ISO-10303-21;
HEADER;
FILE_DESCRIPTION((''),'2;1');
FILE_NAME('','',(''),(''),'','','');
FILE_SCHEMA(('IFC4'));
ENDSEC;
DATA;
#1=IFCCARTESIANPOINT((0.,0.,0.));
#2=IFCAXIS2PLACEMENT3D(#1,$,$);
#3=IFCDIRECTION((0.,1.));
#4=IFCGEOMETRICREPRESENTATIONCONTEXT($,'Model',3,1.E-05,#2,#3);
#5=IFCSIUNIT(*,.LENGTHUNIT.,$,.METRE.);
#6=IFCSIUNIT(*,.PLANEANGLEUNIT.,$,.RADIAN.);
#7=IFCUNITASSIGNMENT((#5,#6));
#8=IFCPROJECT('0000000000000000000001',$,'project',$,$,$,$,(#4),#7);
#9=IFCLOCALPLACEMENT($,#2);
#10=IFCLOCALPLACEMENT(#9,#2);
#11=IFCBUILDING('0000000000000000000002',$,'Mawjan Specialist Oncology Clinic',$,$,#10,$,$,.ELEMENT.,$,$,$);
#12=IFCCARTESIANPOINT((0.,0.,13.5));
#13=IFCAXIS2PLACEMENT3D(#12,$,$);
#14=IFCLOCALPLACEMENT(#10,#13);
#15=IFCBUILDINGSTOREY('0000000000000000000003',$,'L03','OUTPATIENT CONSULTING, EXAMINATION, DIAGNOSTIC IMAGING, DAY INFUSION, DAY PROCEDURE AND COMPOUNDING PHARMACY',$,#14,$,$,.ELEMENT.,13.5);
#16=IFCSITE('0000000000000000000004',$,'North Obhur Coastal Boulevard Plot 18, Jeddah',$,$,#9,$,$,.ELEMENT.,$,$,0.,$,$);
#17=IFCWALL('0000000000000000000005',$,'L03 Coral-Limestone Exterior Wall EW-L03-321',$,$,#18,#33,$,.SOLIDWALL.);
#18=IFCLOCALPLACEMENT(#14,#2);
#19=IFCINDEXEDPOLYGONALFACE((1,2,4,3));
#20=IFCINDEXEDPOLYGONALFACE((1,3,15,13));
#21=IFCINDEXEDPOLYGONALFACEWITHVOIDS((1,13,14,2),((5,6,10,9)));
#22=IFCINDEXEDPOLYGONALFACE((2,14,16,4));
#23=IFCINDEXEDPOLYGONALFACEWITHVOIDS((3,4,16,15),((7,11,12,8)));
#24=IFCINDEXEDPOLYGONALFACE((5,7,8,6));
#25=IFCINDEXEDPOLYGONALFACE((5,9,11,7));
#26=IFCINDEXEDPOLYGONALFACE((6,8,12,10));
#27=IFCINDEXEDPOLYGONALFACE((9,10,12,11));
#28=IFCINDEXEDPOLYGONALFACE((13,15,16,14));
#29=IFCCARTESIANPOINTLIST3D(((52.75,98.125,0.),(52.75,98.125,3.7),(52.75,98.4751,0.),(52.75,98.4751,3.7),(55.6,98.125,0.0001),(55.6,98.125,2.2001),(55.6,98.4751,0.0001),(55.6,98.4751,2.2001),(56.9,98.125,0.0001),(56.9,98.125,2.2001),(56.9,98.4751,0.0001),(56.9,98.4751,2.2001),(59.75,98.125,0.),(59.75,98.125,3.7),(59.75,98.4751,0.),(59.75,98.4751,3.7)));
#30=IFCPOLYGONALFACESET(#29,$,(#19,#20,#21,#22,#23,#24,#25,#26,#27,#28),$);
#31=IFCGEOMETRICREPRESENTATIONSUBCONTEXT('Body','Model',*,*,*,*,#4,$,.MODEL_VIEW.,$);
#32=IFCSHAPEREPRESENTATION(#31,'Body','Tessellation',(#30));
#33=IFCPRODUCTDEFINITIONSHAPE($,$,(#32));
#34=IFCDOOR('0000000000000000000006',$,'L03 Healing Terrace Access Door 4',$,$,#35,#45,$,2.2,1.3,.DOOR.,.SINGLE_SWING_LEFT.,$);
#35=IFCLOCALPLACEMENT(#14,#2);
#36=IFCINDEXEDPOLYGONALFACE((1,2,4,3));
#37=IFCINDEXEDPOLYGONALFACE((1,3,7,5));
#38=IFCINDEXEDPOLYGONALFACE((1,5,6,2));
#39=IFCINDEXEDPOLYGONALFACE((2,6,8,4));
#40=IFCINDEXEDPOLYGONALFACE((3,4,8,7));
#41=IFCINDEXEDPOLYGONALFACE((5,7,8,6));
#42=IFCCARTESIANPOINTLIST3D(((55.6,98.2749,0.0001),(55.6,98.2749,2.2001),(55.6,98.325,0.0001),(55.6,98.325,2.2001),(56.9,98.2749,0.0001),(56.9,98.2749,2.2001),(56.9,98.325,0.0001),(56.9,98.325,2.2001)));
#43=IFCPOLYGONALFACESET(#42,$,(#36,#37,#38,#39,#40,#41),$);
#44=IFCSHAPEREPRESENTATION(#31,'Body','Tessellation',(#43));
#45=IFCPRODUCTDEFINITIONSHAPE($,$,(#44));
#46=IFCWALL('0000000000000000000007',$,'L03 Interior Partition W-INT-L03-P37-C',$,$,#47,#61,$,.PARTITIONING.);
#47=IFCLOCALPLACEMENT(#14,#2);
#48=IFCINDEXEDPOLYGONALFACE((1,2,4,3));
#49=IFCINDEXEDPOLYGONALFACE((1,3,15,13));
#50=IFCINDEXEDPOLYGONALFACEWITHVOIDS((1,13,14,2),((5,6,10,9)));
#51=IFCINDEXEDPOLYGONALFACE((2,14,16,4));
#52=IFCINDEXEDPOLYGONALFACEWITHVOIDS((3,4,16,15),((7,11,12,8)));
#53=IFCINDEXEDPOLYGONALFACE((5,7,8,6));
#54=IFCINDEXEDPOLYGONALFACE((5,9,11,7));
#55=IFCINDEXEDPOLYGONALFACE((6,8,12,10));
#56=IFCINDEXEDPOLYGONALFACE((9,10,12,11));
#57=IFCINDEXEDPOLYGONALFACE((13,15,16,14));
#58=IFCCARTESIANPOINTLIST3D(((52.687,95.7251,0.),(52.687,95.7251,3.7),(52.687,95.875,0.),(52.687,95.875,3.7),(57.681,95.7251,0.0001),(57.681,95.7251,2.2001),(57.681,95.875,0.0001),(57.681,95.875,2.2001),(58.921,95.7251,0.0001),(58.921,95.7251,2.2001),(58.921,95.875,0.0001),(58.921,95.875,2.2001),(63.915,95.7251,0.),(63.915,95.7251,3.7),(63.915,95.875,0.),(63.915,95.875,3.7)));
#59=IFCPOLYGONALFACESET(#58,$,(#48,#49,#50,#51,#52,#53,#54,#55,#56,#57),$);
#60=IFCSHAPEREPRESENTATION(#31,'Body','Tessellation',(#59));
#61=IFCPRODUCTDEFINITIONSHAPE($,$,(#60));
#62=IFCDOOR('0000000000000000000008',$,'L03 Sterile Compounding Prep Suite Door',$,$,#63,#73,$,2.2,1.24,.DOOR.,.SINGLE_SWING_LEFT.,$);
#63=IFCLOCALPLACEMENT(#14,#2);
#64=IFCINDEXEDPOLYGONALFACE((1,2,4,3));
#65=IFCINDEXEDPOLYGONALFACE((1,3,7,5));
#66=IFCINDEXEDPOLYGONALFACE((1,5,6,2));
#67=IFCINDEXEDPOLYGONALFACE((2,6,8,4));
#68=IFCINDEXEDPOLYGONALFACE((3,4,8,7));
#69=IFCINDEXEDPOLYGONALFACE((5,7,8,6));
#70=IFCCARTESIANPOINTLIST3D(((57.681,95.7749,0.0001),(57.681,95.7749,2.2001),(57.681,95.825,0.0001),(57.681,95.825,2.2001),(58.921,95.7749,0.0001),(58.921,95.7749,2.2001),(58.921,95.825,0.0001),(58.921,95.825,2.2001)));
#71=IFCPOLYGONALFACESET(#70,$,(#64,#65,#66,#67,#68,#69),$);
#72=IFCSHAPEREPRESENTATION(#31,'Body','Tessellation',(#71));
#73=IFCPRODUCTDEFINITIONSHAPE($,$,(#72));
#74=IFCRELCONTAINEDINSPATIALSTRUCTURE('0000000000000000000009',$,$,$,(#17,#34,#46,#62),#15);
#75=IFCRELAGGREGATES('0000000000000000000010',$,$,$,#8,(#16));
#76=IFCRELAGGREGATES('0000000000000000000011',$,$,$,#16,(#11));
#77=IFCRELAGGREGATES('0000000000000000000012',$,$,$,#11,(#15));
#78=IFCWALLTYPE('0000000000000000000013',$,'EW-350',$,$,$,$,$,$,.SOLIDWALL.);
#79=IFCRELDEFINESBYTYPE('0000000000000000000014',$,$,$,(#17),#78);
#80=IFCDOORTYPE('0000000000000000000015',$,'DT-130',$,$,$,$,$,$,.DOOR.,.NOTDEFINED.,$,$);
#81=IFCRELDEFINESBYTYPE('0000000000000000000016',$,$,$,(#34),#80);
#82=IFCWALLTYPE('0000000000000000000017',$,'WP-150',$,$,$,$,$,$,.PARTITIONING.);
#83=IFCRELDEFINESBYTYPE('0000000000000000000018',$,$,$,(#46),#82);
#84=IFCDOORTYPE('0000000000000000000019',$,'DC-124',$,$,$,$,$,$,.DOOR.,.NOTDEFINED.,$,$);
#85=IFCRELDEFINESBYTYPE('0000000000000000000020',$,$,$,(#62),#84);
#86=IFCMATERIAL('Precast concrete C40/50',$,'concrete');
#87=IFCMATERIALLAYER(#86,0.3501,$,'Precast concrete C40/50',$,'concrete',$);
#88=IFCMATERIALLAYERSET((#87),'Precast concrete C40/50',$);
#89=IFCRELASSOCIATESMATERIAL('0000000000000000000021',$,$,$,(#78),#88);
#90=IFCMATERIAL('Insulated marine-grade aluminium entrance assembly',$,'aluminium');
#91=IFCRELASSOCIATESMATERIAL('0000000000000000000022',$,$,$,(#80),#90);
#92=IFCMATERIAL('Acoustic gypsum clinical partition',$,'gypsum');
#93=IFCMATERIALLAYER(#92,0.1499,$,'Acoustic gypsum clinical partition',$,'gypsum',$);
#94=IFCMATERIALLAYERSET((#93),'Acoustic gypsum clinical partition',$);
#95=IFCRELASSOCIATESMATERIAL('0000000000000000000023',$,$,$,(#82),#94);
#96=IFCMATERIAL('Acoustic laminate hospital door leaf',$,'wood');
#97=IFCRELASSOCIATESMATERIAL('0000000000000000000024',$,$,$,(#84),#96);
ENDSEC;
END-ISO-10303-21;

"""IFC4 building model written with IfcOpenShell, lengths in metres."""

from ifc_helpers import new_model, si_unit, direction, frame, frame_2d, origin, place, context, subcontext, project, spatial, rectangle, extrude, material, layer, layer_set, type_object, element, fill, save


model = new_model("IFC4")

# Units and contexts
model_context = context("Model", 3, precision=1e-05, world=origin(), true_north=direction((0.0, 1.0)))
body_context = subcontext(model_context, "Body", "Model", "MODEL_VIEW")
ifc_project = project(units=[si_unit("LENGTHUNIT", "METRE"), si_unit("PLANEANGLEUNIT", "RADIAN")], contexts=[model_context])

# Site, building, storey
site_placement = place(None, origin())
site = spatial("IfcSite", under=ifc_project, at=site_placement, Name="North Obhur Coastal Boulevard Plot 18, Jeddah", CompositionType="ELEMENT", RefElevation=0.0)
building_placement = place(site_placement, origin())
building = spatial("IfcBuilding", under=site, at=building_placement, Name="Mawjan Specialist Oncology Clinic", CompositionType="ELEMENT")
storey_placement = place(building_placement, frame((0.0, 0.0, 13.5)))
storey = spatial("IfcBuildingStorey", under=building, at=storey_placement, Name="L03", Description="OUTPATIENT CONSULTING, EXAMINATION, DIAGNOSTIC IMAGING, DAY INFUSION, DAY PROCEDURE AND COMPOUNDING PHARMACY", CompositionType="ELEMENT", Elevation=13.5)

# Shared definitions
ifc_material_1 = material(Name="Precast concrete C40/50", Category="concrete")
ifc_layer_1 = layer(ifc_material_1, 0.3501, Name="Precast concrete C40/50", Category="concrete")
ifc_layer_set_1 = layer_set([ifc_layer_1], Name="Precast concrete C40/50")
wall_type_1 = type_object("IfcWallType", Name="EW-350", PredefinedType="SOLIDWALL", material=ifc_layer_set_1)

# Walls, openings, doors
wall_1_placement = place(storey_placement, frame((52.75, 98.3, 0.0), z_axis=(0.0, 0.0, 1.0), x_axis=(1.0, 0.0, 0.0)))
wall_1 = element("IfcWall", 1, at=wall_1_placement, inside=storey, type_object=wall_type_1, Name="L03 Coral-Limestone Exterior Wall EW-L03-321", PredefinedType="SOLIDWALL", context=body_context, shape_type="SweptSolid", body=[
    extrude(rectangle(XDim=7.0, YDim=0.3501, at=frame_2d((3.5, 0.0))), origin(), (0.0, 0.0, 1.0), 3.7),
])
opening_1_placement = place(wall_1_placement, frame((2.8501, 0.0, 0.0)))
opening_1 = element("IfcOpeningElement", 2, at=opening_1_placement, cuts=wall_1, PredefinedType="OPENING", context=body_context, shape_type="SweptSolid", body=[
    extrude(rectangle(XDim=1.3, YDim=2.2, at=frame_2d((0.6499, 1.1001))), frame((0.0, 0.187, 0.0), z_axis=(0.0, -1.0, 0.0), x_axis=(1.0, 0.0, 0.0)), (0.0, 0.0, 1.0), 0.374),
])
ifc_material_2 = material(Name="Insulated marine-grade aluminium entrance assembly", Category="aluminium")
door_type_1 = type_object("IfcDoorType", Name="DT-130", OperationType="NOTDEFINED", PredefinedType="DOOR", material=ifc_material_2)
door_1_placement = place(opening_1_placement, origin())
door_1 = element("IfcDoor", 3, at=door_1_placement, inside=storey, type_object=door_type_1, Name="L03 Healing Terrace Access Door 4", OperationType="SINGLE_SWING_LEFT", OverallHeight=2.2, OverallWidth=1.3, PredefinedType="DOOR", context=body_context, shape_type="SweptSolid", body=[
    extrude(rectangle(XDim=1.3, YDim=2.2, at=frame_2d((0.6499, 1.1001))), frame((0.0, 0.0249, 0.0), z_axis=(0.0, -1.0, 0.0), x_axis=(1.0, 0.0, 0.0)), (0.0, 0.0, 1.0), 0.05),
])
fill(opening_1, door_1)
ifc_material_3 = material(Name="Acoustic gypsum clinical partition", Category="gypsum")
ifc_layer_2 = layer(ifc_material_3, 0.1499, Name="Acoustic gypsum clinical partition", Category="gypsum")
ifc_layer_set_2 = layer_set([ifc_layer_2], Name="Acoustic gypsum clinical partition")
wall_type_2 = type_object("IfcWallType", Name="WP-150", PredefinedType="PARTITIONING", material=ifc_layer_set_2)
wall_2_placement = place(storey_placement, frame((52.687, 95.8, 0.0), z_axis=(0.0, 0.0, 1.0), x_axis=(1.0, 0.0, 0.0)))
wall_2 = element("IfcWall", 4, at=wall_2_placement, inside=storey, type_object=wall_type_2, Name="L03 Interior Partition W-INT-L03-P37-C", PredefinedType="PARTITIONING", context=body_context, shape_type="SweptSolid", body=[
    extrude(rectangle(XDim=11.228, YDim=0.1499, at=frame_2d((5.614, 0.0))), origin(), (0.0, 0.0, 1.0), 3.7),
])
opening_2_placement = place(wall_2_placement, frame((4.9939, 0.0, 0.0)))
opening_2 = element("IfcOpeningElement", 5, at=opening_2_placement, cuts=wall_2, PredefinedType="OPENING", context=body_context, shape_type="SweptSolid", body=[
    extrude(rectangle(XDim=1.24, YDim=2.2, at=frame_2d((0.6201, 1.1001))), frame((0.0, 0.0869, 0.0), z_axis=(0.0, -1.0, 0.0), x_axis=(1.0, 0.0, 0.0)), (0.0, 0.0, 1.0), 0.1738),
])
ifc_material_4 = material(Name="Acoustic laminate hospital door leaf", Category="wood")
door_type_2 = type_object("IfcDoorType", Name="DC-124", OperationType="NOTDEFINED", PredefinedType="DOOR", material=ifc_material_4)
door_2_placement = place(opening_2_placement, origin())
door_2 = element("IfcDoor", 6, at=door_2_placement, inside=storey, type_object=door_type_2, Name="L03 Sterile Compounding Prep Suite Door", OperationType="SINGLE_SWING_LEFT", OverallHeight=2.2, OverallWidth=1.24, PredefinedType="DOOR", context=body_context, shape_type="SweptSolid", body=[
    extrude(rectangle(XDim=1.24, YDim=2.2, at=frame_2d((0.6201, 1.1001))), frame((0.0, 0.0249, 0.0), z_axis=(0.0, -1.0, 0.0), x_axis=(1.0, 0.0, 0.0)), (0.0, 0.0, 1.0), 0.05),
])
fill(opening_2, door_2)

save(model, "model.ifc")
